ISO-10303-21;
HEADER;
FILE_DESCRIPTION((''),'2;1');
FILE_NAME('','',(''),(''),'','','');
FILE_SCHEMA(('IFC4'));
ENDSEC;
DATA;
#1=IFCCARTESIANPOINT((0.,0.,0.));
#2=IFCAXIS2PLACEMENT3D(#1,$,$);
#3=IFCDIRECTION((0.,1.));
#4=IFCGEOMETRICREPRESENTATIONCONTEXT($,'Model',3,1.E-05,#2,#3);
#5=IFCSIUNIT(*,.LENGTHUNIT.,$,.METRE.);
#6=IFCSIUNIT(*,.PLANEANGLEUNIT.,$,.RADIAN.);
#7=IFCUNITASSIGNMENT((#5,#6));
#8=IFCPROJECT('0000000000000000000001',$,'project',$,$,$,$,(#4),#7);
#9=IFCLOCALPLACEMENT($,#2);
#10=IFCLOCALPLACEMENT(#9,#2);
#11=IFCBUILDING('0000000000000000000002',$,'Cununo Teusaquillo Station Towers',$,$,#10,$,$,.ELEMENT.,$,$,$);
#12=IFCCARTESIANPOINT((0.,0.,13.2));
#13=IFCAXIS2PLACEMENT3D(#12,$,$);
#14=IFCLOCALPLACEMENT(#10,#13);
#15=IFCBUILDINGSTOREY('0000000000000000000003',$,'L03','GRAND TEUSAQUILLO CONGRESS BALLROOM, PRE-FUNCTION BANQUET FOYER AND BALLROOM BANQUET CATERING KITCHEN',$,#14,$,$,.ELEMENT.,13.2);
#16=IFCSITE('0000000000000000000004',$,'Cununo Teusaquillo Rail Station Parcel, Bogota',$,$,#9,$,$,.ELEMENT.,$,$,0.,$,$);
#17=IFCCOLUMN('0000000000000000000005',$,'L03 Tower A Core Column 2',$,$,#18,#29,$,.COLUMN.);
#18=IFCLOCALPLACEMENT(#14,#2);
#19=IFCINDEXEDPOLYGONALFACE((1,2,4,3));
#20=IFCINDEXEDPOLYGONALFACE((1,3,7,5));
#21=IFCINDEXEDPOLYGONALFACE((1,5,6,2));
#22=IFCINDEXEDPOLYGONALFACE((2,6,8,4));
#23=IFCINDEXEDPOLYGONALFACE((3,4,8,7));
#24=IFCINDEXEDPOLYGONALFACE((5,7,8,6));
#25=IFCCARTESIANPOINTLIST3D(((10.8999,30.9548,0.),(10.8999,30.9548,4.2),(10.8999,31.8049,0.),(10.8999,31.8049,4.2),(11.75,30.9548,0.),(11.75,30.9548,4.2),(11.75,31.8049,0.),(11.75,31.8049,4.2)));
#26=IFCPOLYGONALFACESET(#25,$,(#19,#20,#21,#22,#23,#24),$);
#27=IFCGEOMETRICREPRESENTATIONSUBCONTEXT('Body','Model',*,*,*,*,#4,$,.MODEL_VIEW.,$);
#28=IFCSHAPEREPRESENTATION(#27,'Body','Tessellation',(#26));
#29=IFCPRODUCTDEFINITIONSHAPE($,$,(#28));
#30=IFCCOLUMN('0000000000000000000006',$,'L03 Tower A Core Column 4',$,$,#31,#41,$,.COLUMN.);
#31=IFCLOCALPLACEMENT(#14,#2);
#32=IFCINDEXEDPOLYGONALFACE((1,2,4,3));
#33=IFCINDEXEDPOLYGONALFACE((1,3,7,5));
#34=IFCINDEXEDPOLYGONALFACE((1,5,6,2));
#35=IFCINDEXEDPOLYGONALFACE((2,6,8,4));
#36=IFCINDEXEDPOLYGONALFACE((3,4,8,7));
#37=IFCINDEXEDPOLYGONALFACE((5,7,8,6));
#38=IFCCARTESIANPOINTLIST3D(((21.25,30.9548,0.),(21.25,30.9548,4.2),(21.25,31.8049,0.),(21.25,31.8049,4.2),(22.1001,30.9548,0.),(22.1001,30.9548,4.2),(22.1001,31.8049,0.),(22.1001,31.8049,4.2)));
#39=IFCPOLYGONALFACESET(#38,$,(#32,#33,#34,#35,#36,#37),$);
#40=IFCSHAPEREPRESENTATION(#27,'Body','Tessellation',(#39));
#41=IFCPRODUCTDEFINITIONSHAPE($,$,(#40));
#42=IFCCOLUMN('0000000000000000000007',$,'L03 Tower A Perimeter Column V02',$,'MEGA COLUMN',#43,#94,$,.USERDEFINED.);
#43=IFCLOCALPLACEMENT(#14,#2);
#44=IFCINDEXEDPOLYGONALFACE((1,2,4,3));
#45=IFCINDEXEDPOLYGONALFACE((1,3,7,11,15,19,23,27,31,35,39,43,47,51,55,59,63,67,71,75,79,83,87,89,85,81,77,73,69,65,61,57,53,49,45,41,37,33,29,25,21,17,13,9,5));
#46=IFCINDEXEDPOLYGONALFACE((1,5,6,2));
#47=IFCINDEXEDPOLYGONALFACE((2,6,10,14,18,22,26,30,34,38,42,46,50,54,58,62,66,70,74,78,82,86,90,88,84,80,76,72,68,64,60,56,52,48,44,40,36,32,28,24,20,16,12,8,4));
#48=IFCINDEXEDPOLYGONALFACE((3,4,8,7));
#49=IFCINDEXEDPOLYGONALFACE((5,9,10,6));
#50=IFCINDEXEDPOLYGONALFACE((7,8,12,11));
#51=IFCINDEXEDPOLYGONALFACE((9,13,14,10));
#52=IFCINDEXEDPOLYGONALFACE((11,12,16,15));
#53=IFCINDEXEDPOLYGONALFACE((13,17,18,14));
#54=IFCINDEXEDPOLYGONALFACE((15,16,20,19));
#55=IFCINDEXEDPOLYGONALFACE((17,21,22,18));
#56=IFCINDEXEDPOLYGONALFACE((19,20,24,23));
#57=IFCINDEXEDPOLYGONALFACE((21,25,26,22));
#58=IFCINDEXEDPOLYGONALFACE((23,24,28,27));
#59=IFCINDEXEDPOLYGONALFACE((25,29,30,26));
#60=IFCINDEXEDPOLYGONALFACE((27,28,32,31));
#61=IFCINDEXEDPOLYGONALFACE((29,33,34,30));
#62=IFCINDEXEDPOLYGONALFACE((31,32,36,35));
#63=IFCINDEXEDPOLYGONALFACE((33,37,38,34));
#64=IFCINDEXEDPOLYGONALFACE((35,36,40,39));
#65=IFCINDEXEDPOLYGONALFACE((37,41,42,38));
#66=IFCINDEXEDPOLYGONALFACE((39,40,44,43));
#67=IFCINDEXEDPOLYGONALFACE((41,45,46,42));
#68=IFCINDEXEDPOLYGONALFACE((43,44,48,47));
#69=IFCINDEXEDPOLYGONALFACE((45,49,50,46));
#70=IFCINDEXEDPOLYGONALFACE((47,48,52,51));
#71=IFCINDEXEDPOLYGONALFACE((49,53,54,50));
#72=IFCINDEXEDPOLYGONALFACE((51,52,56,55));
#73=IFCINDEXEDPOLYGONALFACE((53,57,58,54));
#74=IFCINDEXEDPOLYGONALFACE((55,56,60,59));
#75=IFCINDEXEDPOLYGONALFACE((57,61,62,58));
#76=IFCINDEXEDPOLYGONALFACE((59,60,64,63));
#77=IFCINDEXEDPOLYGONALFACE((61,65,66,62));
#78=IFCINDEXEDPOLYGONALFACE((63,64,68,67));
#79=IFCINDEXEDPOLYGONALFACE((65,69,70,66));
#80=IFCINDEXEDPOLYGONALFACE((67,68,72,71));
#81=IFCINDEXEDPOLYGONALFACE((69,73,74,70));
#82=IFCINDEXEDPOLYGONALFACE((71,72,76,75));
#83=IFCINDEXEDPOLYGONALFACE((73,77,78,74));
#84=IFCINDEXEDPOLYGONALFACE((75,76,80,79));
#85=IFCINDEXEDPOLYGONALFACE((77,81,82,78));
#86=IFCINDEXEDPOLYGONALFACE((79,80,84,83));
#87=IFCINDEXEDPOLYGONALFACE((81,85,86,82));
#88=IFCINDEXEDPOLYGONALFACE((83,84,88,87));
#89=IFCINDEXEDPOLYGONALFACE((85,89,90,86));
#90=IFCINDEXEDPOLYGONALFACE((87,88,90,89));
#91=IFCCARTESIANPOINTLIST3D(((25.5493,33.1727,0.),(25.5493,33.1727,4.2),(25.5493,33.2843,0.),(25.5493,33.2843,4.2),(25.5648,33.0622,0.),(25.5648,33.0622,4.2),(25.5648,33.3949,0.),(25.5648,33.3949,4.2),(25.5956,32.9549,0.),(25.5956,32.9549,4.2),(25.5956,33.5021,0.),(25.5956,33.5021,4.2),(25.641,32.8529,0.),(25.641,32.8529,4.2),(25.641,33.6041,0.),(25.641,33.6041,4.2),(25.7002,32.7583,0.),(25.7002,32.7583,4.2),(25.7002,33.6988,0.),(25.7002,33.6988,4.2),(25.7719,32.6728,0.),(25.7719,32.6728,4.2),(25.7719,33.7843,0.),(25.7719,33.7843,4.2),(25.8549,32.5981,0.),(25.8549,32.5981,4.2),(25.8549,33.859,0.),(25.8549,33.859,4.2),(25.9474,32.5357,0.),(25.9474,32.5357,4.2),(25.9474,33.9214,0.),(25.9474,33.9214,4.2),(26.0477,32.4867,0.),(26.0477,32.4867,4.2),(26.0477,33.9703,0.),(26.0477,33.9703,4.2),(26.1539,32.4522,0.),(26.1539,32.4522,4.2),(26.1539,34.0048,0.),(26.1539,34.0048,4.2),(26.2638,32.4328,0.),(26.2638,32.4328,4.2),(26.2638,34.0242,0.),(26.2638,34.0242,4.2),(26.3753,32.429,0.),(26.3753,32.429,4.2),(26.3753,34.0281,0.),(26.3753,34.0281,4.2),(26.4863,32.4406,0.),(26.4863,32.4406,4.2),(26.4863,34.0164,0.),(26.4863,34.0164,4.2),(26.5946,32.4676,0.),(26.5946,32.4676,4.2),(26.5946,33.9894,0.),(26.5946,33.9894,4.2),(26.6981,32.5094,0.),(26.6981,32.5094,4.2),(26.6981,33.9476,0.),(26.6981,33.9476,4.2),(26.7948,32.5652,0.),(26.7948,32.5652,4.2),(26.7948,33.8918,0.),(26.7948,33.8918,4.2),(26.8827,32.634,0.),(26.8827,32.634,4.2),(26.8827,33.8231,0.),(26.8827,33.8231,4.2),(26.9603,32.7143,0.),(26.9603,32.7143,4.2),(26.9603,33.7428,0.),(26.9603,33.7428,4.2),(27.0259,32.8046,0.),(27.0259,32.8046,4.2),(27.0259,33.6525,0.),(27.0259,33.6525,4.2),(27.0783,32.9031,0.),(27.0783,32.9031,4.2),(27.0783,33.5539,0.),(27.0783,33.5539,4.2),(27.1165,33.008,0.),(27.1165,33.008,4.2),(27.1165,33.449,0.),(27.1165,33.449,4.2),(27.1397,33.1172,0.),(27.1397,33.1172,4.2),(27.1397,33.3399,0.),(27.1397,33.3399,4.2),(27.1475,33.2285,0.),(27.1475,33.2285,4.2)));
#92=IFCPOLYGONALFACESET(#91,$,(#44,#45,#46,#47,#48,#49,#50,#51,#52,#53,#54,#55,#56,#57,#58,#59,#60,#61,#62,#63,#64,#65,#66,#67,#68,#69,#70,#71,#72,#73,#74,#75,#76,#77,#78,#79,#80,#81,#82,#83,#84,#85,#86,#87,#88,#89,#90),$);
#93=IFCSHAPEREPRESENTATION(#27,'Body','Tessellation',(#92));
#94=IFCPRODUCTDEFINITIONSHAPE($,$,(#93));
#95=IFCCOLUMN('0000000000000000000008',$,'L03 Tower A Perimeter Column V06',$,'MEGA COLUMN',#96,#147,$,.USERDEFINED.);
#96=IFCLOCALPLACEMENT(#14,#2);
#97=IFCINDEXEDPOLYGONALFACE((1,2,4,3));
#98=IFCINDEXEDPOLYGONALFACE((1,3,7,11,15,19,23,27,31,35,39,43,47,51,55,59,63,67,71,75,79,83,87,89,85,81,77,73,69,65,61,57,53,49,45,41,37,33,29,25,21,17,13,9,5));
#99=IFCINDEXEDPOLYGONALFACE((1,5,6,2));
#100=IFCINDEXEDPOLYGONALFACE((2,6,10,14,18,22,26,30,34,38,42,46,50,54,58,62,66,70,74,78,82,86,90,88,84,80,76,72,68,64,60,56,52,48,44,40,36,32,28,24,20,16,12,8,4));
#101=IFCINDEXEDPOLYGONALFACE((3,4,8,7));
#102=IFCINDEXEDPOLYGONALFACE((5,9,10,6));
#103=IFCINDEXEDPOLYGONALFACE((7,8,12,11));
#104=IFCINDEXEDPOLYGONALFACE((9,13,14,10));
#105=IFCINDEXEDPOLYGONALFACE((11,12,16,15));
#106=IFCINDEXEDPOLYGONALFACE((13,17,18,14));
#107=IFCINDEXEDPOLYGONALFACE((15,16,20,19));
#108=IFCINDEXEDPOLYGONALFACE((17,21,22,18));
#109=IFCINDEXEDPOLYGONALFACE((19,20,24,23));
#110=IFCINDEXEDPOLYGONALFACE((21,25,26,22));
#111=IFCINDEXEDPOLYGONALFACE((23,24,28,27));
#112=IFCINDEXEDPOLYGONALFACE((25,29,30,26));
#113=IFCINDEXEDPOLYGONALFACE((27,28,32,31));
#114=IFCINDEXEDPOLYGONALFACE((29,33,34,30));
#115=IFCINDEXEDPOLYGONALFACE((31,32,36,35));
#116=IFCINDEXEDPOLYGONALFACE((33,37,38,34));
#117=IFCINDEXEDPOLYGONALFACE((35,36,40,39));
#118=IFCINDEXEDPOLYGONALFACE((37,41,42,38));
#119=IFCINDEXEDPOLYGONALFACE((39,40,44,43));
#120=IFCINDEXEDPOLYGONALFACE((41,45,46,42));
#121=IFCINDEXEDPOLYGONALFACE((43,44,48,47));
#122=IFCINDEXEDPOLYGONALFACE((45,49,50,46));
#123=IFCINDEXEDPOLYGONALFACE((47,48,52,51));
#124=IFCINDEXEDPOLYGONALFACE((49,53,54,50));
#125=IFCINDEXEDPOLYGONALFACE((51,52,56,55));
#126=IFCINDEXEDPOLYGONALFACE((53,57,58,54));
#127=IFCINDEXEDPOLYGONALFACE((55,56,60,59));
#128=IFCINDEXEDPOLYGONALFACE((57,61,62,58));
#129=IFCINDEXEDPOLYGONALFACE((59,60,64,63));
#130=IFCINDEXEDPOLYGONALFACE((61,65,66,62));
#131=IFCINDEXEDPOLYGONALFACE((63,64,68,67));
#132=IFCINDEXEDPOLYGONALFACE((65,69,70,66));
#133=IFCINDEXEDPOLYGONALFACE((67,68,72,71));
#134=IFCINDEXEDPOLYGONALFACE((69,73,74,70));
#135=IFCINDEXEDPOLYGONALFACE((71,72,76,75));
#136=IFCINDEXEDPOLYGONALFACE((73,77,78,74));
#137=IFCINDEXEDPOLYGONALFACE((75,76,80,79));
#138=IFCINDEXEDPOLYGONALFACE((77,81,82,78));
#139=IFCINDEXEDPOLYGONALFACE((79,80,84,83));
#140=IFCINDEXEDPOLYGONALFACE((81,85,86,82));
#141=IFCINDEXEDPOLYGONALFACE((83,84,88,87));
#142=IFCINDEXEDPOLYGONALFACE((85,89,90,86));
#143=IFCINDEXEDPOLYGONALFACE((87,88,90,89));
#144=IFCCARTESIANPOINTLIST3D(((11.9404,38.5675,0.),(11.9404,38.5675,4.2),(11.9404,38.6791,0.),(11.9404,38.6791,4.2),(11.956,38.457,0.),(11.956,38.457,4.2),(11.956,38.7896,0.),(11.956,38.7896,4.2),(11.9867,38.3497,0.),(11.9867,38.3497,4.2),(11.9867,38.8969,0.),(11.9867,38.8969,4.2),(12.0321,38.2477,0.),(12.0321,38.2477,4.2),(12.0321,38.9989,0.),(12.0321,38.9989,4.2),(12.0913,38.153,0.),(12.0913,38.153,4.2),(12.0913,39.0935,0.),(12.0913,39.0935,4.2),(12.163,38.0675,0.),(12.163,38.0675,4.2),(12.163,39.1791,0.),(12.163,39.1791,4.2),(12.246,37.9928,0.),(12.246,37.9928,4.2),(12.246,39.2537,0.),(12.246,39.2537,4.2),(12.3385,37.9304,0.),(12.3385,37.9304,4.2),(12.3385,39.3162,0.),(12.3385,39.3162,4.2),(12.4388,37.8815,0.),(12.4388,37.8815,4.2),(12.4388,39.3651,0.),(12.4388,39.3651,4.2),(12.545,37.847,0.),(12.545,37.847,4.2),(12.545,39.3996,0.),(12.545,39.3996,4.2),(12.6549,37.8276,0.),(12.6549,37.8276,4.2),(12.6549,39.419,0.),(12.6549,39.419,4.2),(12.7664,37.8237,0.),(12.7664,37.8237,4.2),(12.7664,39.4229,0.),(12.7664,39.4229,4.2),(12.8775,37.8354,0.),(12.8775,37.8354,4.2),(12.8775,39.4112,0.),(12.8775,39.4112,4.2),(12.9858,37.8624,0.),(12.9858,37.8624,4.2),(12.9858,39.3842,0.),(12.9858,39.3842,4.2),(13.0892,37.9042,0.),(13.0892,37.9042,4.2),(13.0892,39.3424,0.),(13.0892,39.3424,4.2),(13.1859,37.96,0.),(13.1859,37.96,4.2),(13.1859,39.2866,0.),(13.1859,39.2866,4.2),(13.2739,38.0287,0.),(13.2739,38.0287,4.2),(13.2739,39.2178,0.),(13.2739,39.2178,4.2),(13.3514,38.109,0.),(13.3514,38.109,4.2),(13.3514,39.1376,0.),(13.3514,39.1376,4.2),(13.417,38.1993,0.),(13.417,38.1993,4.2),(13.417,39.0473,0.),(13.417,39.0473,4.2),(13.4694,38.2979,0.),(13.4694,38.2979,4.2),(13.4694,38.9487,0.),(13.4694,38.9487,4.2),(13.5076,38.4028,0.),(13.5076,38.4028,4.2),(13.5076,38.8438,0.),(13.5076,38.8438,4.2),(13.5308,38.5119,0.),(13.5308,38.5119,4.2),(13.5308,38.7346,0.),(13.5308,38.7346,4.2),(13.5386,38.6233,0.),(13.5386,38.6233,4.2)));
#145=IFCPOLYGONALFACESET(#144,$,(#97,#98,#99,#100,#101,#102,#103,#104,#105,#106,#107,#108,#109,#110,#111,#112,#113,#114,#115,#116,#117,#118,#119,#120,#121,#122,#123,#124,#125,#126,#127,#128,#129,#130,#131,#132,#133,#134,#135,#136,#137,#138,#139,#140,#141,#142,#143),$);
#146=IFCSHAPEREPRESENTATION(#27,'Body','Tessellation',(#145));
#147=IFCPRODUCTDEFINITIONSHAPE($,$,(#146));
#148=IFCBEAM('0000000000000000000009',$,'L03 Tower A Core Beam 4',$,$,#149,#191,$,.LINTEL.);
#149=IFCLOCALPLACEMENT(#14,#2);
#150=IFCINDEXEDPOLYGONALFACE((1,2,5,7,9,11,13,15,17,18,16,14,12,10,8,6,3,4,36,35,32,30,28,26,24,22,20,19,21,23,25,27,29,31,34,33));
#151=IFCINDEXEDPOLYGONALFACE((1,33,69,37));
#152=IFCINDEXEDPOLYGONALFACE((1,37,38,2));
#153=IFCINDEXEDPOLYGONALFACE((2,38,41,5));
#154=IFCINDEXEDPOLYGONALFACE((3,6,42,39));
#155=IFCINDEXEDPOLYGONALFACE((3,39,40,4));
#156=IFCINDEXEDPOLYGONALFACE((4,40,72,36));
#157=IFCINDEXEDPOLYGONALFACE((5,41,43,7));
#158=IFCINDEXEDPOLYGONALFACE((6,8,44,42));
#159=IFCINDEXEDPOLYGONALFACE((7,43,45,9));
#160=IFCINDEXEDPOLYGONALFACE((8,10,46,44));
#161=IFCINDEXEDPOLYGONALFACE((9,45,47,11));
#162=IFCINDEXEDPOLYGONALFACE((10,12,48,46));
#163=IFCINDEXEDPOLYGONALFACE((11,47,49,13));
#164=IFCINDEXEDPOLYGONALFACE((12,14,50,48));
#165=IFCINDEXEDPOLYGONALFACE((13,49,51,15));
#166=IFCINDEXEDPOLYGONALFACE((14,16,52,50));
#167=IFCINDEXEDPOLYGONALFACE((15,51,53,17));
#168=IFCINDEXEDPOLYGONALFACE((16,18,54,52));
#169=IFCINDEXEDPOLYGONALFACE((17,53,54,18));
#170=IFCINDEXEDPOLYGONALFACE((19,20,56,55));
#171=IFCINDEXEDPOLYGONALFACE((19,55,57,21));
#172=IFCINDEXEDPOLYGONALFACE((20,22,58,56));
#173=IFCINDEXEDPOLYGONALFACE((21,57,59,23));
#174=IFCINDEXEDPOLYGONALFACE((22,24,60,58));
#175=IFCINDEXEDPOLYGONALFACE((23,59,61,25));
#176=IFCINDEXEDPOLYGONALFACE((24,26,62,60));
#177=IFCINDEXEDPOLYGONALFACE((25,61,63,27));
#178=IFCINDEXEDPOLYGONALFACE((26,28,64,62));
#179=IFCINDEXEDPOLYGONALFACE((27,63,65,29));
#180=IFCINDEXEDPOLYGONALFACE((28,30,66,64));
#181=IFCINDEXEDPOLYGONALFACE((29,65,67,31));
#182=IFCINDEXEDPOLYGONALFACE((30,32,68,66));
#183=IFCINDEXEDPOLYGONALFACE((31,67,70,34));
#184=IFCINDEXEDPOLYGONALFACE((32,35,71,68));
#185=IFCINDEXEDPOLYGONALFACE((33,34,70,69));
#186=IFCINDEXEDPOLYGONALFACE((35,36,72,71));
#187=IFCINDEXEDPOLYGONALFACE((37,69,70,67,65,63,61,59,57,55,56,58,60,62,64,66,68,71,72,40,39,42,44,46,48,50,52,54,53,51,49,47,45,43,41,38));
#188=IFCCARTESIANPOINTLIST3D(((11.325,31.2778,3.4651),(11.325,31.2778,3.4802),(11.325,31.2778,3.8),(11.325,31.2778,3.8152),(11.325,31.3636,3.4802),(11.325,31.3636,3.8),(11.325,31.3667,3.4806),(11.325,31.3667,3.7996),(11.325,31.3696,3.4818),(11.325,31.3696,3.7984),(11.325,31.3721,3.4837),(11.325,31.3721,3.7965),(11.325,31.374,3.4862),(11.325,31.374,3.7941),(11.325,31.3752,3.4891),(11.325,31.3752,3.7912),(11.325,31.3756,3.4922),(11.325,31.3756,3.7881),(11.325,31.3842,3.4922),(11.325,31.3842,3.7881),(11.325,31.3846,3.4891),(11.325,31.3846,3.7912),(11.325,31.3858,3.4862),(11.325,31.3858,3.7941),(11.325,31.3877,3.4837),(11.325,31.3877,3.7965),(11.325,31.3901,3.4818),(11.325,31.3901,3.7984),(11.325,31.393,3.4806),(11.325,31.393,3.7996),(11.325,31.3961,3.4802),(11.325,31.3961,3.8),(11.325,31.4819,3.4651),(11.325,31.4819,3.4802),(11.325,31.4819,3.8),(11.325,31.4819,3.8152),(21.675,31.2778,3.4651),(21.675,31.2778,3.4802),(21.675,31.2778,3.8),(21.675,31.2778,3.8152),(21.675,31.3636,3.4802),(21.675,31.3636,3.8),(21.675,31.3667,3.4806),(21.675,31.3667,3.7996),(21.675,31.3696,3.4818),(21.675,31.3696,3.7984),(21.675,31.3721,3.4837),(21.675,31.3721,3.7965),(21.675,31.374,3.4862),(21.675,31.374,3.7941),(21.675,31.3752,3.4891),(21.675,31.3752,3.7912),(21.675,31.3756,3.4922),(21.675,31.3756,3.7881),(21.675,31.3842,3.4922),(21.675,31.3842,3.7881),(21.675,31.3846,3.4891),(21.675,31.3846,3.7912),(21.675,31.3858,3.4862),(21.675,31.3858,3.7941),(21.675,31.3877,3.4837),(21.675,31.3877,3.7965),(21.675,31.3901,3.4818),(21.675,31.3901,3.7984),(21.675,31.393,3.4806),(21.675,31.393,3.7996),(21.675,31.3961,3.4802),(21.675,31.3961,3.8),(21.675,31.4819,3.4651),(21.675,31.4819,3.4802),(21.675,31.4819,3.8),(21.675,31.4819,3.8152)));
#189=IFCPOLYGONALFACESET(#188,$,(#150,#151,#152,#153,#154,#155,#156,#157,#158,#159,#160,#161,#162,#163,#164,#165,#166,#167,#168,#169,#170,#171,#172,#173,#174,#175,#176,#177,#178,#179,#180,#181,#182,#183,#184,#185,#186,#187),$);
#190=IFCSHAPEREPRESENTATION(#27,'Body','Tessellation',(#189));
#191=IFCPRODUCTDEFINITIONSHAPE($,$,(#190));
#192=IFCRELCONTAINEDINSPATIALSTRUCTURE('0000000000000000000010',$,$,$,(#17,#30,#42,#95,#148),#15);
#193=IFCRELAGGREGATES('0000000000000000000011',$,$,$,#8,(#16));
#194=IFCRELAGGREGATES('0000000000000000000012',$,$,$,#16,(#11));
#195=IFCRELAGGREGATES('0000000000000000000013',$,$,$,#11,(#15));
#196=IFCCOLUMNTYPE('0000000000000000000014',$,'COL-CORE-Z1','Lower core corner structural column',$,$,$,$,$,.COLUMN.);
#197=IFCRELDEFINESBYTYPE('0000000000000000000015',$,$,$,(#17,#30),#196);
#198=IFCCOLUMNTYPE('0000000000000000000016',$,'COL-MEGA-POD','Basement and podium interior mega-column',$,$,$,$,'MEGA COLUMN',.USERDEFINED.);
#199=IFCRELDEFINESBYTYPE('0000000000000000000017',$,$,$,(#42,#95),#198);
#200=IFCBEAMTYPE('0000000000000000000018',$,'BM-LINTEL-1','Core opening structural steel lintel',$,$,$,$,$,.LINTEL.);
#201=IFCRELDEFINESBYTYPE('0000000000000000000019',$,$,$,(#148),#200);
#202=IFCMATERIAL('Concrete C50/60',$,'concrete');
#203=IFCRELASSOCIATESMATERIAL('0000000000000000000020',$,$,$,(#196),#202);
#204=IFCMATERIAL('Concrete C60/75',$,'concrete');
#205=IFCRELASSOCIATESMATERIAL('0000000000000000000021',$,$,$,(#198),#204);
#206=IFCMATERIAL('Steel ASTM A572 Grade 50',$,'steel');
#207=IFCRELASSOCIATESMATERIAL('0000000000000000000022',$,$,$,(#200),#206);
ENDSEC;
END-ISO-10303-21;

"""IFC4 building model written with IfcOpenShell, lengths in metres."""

from ifc_helpers import new_model, si_unit, direction, frame, origin, origin_2d, place, context, subcontext, project, spatial, rectangle, circle, i_section, extrude, material, material_profile, profile_set, type_object, element, save


model = new_model("IFC4")

# Units and contexts
model_context = context("Model", 3, precision=1e-05, world=origin(), true_north=direction((0.0, 1.0)))
body_context = subcontext(model_context, "Body", "Model", "MODEL_VIEW")
ifc_project = project(units=[si_unit("LENGTHUNIT", "METRE"), si_unit("PLANEANGLEUNIT", "RADIAN")], contexts=[model_context])

# Site, building, storey
site_placement = place(None, origin())
site = spatial("IfcSite", under=ifc_project, at=site_placement, Name="Cununo Teusaquillo Rail Station Parcel, Bogota", CompositionType="ELEMENT", RefElevation=0.0)
building_placement = place(site_placement, origin())
building = spatial("IfcBuilding", under=site, at=building_placement, Name="Cununo Teusaquillo Station Towers", CompositionType="ELEMENT")
storey_placement = place(building_placement, frame((0.0, 0.0, 13.2)))
storey = spatial("IfcBuildingStorey", under=building, at=storey_placement, Name="L03", Description="GRAND TEUSAQUILLO CONGRESS BALLROOM, PRE-FUNCTION BANQUET FOYER AND BALLROOM BANQUET CATERING KITCHEN", CompositionType="ELEMENT", Elevation=13.2)

# Columns
ifc_material_1 = material(Name="Concrete C50/60", Category="concrete")
ifc_material_profile_1 = material_profile(ifc_material_1, rectangle(XDim=0.8501, YDim=0.8501, at=origin_2d()), Name="RC-RECT-850x850")
ifc_profile_set_1 = profile_set([ifc_material_profile_1], Name="Concrete C50/60")
column_type_1 = type_object("IfcColumnType", Name="COL-CORE-Z1", Description="Lower core corner structural column", PredefinedType="COLUMN", material=ifc_profile_set_1)
for number, where, z_axis, x_axis, name in (
    (1, (11.325, 31.3799, 0.0), (0.0, 0.0, 1.0), (1.0, 0.0, 0.0), "L03 Tower A Core Column 2"),
    (2, (21.675, 31.3799, 0.0), (0.0, 0.0, 1.0), (1.0, 0.0, 0.0), "L03 Tower A Core Column 4"),
):
    element("IfcColumn", number, at=place(storey_placement, frame(where, z_axis=z_axis, x_axis=x_axis)), inside=storey, type_object=column_type_1, Name=name, PredefinedType="COLUMN", context=body_context, shape_type="SweptSolid", body=[
        extrude(rectangle(XDim=0.8501, YDim=0.8501, at=origin_2d()), origin(), (0.0, 0.0, 1.0), 4.2),
    ])
ifc_material_2 = material(Name="Concrete C60/75", Category="concrete")
ifc_material_profile_2 = material_profile(ifc_material_2, circle(Radius=0.8, at=origin_2d()), Name="RC-CIRC-1600")
ifc_profile_set_2 = profile_set([ifc_material_profile_2], Name="Concrete C60/75")
column_type_2 = type_object("IfcColumnType", Name="COL-MEGA-POD", Description="Basement and podium interior mega-column", ElementType="MEGA COLUMN", PredefinedType="USERDEFINED", material=ifc_profile_set_2)
for number, where, z_axis, x_axis, name in (
    (3, (26.3474, 33.2285, 0.0), (0.0, 0.0, 1.0), (1.0, 0.0, 0.0), "L03 Tower A Perimeter Column V02"),
    (4, (12.7385, 38.6233, 0.0), (0.0, 0.0, 1.0), (1.0, 0.0, 0.0), "L03 Tower A Perimeter Column V06"),
):
    element("IfcColumn", number, at=place(storey_placement, frame(where, z_axis=z_axis, x_axis=x_axis)), inside=storey, type_object=column_type_2, Name=name, ObjectType="MEGA COLUMN", PredefinedType="USERDEFINED", context=body_context, shape_type="SweptSolid", body=[
        extrude(circle(Radius=0.8, at=origin_2d()), origin(), (0.0, 0.0, 1.0), 4.2),
    ])

# Beam
ifc_material_3 = material(Name="Steel ASTM A572 Grade 50", Category="steel")
ifc_material_profile_3 = material_profile(ifc_material_3, i_section(OverallWidth=0.2041, OverallDepth=0.3501, WebThickness=0.0085, FlangeThickness=0.0151, FilletRadius=0.012, at=origin_2d()), Name="W14X48")
ifc_profile_set_3 = profile_set([ifc_material_profile_3], Name="Steel ASTM A572 Grade 50")
beam_type_1 = type_object("IfcBeamType", Name="BM-LINTEL-1", Description="Core opening structural steel lintel", PredefinedType="LINTEL", material=ifc_profile_set_3)
beam_1_placement = place(storey_placement, frame((11.325, 31.3799, 3.6401), z_axis=(1.0, 0.0, 0.0), x_axis=(0.0, 1.0, 0.0)))
element("IfcBeam", 5, at=beam_1_placement, inside=storey, type_object=beam_type_1, Name="L03 Tower A Core Beam 4", PredefinedType="LINTEL", context=body_context, shape_type="SweptSolid", body=[
    extrude(i_section(OverallWidth=0.2041, OverallDepth=0.3501, WebThickness=0.0085, FlangeThickness=0.0151, FilletRadius=0.012, at=origin_2d()), origin(), (0.0, 0.0, 1.0), 10.3501),
])

save(model, "model.ifc")
